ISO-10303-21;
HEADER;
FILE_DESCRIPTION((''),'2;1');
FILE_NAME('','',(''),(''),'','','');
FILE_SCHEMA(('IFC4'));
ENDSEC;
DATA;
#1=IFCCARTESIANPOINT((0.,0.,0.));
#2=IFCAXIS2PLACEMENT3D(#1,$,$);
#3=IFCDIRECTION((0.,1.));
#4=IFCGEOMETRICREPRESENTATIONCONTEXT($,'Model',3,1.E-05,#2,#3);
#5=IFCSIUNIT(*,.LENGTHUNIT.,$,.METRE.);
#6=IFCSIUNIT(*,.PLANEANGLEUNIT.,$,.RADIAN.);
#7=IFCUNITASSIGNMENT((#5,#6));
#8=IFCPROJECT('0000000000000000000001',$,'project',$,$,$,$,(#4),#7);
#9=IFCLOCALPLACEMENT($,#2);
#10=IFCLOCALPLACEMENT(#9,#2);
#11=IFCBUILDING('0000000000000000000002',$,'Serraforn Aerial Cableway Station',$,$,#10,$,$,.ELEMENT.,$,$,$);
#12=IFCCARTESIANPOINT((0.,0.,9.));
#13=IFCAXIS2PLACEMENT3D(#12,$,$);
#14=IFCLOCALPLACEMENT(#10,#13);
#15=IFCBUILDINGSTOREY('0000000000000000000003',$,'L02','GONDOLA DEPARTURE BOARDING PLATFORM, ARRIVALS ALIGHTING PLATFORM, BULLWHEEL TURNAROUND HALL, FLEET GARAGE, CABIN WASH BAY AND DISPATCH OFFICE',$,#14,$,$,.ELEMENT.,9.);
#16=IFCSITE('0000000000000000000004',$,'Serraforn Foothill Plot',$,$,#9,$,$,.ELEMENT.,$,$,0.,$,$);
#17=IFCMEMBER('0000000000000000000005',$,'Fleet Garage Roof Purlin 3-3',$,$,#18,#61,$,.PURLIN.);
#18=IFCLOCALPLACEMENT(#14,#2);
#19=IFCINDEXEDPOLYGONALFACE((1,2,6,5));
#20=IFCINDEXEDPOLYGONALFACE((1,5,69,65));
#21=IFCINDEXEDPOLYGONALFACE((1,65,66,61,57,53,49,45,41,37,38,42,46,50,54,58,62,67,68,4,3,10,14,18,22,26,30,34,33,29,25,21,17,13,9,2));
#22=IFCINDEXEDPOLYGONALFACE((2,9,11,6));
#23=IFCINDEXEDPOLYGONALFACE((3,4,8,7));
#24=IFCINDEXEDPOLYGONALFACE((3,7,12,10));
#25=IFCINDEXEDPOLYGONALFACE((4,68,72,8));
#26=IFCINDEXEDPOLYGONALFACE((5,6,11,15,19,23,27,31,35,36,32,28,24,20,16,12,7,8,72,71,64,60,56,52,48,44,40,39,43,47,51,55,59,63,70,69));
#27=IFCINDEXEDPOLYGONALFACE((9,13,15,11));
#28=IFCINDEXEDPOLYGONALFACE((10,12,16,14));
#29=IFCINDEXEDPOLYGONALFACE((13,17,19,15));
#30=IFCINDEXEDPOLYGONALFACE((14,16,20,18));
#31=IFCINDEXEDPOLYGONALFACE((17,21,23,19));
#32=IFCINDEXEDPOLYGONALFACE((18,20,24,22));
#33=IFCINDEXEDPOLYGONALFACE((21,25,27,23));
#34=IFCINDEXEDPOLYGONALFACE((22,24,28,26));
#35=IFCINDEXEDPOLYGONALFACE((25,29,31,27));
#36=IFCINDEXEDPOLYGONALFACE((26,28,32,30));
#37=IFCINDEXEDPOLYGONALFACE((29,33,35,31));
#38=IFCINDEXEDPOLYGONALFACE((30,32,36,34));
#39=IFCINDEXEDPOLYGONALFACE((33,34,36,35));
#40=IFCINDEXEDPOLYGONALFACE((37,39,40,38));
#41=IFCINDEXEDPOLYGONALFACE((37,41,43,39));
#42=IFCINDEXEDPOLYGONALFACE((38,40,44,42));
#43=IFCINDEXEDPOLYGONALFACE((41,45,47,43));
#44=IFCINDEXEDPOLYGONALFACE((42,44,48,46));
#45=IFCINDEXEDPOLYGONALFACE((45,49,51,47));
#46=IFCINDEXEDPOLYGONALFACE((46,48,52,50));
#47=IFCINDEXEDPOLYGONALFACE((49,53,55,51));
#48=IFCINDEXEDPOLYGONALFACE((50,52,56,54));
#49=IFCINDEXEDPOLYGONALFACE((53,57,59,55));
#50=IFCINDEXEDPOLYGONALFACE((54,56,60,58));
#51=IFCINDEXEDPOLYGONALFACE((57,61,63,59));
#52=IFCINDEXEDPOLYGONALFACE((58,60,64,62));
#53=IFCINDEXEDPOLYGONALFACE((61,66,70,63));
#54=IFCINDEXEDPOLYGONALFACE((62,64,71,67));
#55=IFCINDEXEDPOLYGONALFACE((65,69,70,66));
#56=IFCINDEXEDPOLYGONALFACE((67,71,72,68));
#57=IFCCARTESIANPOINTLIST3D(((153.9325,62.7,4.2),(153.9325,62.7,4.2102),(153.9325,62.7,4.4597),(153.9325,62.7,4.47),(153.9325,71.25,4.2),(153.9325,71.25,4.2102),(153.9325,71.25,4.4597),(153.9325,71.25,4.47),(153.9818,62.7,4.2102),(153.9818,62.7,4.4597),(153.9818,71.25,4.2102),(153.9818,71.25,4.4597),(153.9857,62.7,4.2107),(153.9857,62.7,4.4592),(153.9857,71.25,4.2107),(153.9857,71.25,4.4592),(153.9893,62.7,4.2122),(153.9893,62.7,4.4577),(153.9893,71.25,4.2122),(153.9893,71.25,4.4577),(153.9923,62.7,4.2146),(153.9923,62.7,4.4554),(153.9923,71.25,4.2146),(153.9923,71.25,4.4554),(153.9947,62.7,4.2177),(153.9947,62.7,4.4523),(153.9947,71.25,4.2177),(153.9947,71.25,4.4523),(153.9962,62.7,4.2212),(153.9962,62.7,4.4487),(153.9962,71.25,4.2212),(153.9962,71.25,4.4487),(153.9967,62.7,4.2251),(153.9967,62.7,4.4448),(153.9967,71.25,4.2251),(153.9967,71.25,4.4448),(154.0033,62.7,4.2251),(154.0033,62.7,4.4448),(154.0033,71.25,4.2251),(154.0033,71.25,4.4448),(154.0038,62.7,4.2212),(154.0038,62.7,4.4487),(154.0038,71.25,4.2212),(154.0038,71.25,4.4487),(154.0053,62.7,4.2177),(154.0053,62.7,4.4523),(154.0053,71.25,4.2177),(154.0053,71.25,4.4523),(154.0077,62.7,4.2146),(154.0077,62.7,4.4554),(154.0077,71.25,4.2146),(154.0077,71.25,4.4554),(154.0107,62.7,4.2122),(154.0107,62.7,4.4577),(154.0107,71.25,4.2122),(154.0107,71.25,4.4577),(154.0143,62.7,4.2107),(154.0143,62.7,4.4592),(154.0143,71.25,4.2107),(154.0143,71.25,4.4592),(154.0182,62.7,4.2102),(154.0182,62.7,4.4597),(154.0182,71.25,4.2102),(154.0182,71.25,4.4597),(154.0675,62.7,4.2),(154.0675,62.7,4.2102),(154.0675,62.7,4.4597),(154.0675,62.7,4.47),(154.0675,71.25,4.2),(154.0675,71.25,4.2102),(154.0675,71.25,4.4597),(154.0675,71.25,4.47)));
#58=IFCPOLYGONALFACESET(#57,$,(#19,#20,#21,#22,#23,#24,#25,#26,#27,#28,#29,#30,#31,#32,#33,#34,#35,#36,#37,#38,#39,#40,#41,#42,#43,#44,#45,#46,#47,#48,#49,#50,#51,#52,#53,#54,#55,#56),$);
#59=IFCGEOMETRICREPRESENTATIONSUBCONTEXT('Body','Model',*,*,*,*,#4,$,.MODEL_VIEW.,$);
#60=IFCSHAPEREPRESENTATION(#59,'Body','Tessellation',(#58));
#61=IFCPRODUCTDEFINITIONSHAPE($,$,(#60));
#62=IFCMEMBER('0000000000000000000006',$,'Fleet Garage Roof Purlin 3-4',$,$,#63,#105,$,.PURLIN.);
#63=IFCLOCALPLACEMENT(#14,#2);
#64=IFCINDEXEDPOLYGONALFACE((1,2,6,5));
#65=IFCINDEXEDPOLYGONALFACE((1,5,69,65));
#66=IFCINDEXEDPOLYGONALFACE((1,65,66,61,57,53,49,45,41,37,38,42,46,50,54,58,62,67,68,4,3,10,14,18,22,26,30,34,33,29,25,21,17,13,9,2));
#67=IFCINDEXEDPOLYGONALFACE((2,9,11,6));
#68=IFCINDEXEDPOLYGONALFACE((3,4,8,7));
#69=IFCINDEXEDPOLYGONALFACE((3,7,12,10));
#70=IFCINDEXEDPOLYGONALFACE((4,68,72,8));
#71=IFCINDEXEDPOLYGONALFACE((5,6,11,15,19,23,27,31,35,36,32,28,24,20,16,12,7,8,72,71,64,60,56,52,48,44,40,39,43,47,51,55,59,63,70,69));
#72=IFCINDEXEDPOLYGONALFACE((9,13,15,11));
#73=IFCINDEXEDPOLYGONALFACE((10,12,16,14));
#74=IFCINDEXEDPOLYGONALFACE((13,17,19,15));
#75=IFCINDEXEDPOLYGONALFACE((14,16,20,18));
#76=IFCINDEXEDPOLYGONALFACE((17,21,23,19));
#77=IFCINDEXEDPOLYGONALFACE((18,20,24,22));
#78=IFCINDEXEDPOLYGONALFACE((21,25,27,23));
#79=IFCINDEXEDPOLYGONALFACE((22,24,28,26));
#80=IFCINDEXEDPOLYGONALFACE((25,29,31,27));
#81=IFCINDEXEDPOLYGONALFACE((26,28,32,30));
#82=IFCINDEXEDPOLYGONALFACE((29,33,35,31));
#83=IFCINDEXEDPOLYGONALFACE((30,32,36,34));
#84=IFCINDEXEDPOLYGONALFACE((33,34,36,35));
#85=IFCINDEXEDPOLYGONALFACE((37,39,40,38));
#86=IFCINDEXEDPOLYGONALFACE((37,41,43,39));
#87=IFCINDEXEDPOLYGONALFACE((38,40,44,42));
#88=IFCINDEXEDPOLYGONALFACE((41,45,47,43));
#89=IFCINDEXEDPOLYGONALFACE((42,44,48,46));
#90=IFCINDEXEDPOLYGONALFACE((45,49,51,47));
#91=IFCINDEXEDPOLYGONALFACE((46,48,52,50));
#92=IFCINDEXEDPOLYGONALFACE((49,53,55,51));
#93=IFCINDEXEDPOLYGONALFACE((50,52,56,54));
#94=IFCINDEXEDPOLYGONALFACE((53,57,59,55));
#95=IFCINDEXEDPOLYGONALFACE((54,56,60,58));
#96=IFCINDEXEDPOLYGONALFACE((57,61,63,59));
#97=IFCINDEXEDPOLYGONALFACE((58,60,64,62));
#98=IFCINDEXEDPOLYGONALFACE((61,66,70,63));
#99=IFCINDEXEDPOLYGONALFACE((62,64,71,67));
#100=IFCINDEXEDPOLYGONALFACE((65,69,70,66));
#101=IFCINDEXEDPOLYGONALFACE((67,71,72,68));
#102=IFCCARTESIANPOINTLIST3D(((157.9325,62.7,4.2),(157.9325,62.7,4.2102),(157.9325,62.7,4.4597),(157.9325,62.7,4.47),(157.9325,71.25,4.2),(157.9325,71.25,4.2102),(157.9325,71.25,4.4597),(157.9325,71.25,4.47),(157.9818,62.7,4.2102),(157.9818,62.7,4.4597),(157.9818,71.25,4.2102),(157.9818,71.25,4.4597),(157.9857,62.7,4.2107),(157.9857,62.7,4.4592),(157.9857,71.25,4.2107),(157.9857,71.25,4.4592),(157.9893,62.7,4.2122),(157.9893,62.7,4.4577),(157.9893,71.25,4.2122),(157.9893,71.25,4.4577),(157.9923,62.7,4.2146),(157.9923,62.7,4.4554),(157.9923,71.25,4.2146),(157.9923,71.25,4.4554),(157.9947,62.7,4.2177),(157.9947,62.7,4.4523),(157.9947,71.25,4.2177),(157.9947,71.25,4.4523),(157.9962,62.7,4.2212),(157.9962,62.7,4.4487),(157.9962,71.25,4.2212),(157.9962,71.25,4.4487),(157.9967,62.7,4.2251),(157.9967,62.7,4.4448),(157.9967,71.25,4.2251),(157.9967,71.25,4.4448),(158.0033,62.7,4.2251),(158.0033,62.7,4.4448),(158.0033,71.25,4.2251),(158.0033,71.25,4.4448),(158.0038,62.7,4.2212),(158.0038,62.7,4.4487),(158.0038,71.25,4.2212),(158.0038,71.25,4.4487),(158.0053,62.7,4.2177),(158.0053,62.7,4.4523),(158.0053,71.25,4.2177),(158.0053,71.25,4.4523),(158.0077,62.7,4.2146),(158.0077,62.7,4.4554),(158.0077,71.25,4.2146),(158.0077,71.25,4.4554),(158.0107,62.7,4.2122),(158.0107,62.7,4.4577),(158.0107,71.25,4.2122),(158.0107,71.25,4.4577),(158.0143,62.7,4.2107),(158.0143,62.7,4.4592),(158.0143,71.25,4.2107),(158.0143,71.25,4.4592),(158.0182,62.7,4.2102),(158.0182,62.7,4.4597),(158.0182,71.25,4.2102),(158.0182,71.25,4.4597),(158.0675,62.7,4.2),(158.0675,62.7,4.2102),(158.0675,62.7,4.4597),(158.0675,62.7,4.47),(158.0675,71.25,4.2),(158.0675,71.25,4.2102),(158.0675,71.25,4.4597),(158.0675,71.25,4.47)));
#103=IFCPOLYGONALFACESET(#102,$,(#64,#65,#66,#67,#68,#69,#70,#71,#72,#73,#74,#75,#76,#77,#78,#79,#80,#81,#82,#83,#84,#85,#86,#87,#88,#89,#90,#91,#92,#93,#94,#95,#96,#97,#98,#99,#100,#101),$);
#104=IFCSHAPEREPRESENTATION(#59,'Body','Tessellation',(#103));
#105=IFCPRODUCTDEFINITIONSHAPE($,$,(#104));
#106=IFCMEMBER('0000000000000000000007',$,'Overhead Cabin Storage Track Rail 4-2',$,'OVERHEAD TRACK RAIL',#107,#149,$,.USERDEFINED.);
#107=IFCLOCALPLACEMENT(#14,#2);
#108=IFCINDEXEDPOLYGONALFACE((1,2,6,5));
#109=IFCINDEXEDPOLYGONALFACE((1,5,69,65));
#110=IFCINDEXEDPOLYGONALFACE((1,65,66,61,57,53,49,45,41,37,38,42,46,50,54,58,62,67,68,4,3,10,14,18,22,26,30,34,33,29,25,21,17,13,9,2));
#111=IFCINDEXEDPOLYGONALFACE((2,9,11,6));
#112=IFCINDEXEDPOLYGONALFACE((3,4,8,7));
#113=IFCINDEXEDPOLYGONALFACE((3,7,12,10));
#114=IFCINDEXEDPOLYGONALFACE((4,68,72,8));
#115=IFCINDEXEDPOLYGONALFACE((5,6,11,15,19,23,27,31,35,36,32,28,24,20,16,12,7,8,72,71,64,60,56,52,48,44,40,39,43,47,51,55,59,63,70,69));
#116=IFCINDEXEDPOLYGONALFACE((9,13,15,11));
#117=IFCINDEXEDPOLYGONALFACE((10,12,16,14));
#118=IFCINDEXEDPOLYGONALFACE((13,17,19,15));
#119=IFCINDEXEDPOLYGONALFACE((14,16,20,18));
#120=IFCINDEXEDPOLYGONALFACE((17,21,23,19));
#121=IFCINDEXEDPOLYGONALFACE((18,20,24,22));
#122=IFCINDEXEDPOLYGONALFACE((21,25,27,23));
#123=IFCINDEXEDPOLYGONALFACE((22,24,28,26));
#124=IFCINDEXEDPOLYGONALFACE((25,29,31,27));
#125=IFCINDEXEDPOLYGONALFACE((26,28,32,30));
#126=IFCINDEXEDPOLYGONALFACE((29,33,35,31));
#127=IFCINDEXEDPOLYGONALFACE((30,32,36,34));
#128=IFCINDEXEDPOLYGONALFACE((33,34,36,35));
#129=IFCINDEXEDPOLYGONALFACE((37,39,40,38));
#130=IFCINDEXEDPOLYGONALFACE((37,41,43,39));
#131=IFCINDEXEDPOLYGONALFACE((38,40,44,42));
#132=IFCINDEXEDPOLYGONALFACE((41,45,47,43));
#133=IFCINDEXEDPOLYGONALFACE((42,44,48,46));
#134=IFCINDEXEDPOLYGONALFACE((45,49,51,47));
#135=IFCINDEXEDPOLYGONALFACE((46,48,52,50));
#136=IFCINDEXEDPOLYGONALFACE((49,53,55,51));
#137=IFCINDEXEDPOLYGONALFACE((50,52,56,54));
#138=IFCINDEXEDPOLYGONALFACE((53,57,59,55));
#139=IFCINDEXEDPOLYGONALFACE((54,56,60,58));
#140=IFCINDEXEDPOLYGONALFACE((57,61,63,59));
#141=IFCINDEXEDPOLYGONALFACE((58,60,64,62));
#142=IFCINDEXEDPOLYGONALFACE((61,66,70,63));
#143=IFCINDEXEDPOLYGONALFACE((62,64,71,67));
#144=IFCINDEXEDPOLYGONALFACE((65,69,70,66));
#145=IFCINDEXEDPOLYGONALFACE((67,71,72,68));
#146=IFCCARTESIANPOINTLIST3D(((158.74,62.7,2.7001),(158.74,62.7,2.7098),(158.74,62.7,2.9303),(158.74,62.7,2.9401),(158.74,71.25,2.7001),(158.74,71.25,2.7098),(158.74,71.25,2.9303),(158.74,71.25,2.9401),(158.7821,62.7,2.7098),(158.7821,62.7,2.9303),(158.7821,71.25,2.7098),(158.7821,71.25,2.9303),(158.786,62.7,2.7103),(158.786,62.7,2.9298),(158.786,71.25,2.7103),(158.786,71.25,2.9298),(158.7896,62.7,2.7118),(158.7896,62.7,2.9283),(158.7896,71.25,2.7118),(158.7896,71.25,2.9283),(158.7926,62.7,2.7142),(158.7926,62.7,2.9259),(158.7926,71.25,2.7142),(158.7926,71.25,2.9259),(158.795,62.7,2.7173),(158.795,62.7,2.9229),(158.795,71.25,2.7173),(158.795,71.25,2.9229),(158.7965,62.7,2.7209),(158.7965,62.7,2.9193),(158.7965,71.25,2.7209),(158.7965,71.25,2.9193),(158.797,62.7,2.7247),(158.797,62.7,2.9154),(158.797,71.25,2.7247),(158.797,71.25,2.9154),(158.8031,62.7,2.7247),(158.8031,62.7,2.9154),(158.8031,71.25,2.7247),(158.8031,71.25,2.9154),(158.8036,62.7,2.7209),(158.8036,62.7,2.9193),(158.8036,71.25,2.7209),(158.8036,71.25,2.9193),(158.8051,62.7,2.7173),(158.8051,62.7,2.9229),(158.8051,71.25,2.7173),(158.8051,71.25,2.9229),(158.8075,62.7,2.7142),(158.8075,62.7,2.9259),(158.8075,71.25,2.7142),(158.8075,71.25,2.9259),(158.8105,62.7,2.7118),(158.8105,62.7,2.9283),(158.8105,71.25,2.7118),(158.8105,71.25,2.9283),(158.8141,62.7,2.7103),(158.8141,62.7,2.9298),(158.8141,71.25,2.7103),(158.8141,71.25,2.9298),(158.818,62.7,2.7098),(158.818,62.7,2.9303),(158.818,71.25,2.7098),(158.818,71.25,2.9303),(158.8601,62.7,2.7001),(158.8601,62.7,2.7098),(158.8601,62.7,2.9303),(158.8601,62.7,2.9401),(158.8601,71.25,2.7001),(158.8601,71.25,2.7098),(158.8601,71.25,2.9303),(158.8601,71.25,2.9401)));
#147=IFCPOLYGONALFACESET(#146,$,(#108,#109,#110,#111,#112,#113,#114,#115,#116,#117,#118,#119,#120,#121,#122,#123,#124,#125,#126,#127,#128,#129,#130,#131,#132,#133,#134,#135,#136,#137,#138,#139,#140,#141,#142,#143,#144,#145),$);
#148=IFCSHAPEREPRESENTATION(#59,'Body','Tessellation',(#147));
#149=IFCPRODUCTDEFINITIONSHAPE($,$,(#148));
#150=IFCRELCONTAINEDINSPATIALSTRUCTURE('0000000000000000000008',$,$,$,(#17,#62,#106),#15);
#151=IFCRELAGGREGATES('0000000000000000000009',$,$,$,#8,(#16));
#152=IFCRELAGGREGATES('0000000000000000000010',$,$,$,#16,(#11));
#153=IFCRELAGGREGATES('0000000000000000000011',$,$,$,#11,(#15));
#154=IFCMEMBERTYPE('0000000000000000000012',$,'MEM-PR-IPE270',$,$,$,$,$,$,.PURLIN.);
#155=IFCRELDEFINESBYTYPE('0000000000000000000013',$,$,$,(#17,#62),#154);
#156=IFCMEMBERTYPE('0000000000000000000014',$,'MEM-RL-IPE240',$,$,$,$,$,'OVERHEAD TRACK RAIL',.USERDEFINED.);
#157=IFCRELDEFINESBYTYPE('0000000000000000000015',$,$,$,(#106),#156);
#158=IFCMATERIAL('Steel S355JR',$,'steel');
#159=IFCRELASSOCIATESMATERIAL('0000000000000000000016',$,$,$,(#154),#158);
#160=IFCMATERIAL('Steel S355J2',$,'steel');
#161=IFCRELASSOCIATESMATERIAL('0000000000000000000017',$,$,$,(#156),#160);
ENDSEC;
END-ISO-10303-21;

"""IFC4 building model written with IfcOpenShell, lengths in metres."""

from ifc_helpers import new_model, si_unit, direction, frame, origin, origin_2d, place, context, subcontext, project, spatial, i_section, extrude, material, material_profile, profile_set, type_object, element, save


model = new_model("IFC4")

# Units and contexts
model_context = context("Model", 3, precision=1e-05, world=origin(), true_north=direction((0.0, 1.0)))
body_context = subcontext(model_context, "Body", "Model", "MODEL_VIEW")
ifc_project = project(units=[si_unit("LENGTHUNIT", "METRE"), si_unit("PLANEANGLEUNIT", "RADIAN")], contexts=[model_context])

# Site, building, storey
site_placement = place(None, origin())
site = spatial("IfcSite", under=ifc_project, at=site_placement, Name="Serraforn Foothill Plot", CompositionType="ELEMENT", RefElevation=0.0)
building_placement = place(site_placement, origin())
building = spatial("IfcBuilding", under=site, at=building_placement, Name="Serraforn Aerial Cableway Station", CompositionType="ELEMENT")
storey_placement = place(building_placement, frame((0.0, 0.0, 9.0)))
storey = spatial("IfcBuildingStorey", under=building, at=storey_placement, Name="L02", Description="GONDOLA DEPARTURE BOARDING PLATFORM, ARRIVALS ALIGHTING PLATFORM, BULLWHEEL TURNAROUND HALL, FLEET GARAGE, CABIN WASH BAY AND DISPATCH OFFICE", CompositionType="ELEMENT", Elevation=9.0)

# Shared definitions
ifc_material_1 = material(Name="Steel S355JR", Category="steel")

# Members
ifc_material_2 = material(Name="Steel S355J2", Category="steel")
ifc_material_profile_1 = material_profile(ifc_material_1, i_section(OverallWidth=0.135, OverallDepth=0.27, WebThickness=0.0066, FlangeThickness=0.0103, FilletRadius=0.0149, at=origin_2d()), Name="IPE 270")
ifc_profile_set_1 = profile_set([ifc_material_profile_1], Name="Steel S355JR")
member_type_1 = type_object("IfcMemberType", Name="MEM-PR-IPE270", PredefinedType="PURLIN", material=ifc_profile_set_1)
for number, where, z_axis, x_axis, name in (
    (1, (154.0, 62.7, 4.335), (0.0, 1.0, 0.0), (-1.0, 0.0, 0.0), "Fleet Garage Roof Purlin 3-3"),
    (2, (158.0, 62.7, 4.335), (0.0, 1.0, 0.0), (-1.0, 0.0, 0.0), "Fleet Garage Roof Purlin 3-4"),
):
    element("IfcMember", number, at=place(storey_placement, frame(where, z_axis=z_axis, x_axis=x_axis)), inside=storey, type_object=member_type_1, Name=name, PredefinedType="PURLIN", context=body_context, shape_type="SweptSolid", body=[
        extrude(i_section(OverallWidth=0.135, OverallDepth=0.27, WebThickness=0.0066, FlangeThickness=0.0103, FilletRadius=0.0149, at=origin_2d()), origin(), (0.0, 0.0, 1.0), 8.55),
    ])
ifc_material_profile_2 = material_profile(ifc_material_2, i_section(OverallWidth=0.1201, OverallDepth=0.24, WebThickness=0.0061, FlangeThickness=0.0098, FilletRadius=0.0149, at=origin_2d()), Name="IPE 240")
ifc_profile_set_2 = profile_set([ifc_material_profile_2], Name="Steel S355J2")
member_type_2 = type_object("IfcMemberType", Name="MEM-RL-IPE240", ElementType="OVERHEAD TRACK RAIL", PredefinedType="USERDEFINED", material=ifc_profile_set_2)
member_placement = place(storey_placement, frame((158.8, 62.7, 2.8201), z_axis=(0.0, 1.0, 0.0), x_axis=(-1.0, 0.0, 0.0)))
element("IfcMember", 3, at=member_placement, inside=storey, type_object=member_type_2, Name="Overhead Cabin Storage Track Rail 4-2", ObjectType="OVERHEAD TRACK RAIL", PredefinedType="USERDEFINED", context=body_context, shape_type="SweptSolid", body=[
    extrude(i_section(OverallWidth=0.1201, OverallDepth=0.24, WebThickness=0.0061, FlangeThickness=0.0098, FilletRadius=0.0149, at=origin_2d()), origin(), (0.0, 0.0, 1.0), 8.55),
])

save(model, "model.ifc")
